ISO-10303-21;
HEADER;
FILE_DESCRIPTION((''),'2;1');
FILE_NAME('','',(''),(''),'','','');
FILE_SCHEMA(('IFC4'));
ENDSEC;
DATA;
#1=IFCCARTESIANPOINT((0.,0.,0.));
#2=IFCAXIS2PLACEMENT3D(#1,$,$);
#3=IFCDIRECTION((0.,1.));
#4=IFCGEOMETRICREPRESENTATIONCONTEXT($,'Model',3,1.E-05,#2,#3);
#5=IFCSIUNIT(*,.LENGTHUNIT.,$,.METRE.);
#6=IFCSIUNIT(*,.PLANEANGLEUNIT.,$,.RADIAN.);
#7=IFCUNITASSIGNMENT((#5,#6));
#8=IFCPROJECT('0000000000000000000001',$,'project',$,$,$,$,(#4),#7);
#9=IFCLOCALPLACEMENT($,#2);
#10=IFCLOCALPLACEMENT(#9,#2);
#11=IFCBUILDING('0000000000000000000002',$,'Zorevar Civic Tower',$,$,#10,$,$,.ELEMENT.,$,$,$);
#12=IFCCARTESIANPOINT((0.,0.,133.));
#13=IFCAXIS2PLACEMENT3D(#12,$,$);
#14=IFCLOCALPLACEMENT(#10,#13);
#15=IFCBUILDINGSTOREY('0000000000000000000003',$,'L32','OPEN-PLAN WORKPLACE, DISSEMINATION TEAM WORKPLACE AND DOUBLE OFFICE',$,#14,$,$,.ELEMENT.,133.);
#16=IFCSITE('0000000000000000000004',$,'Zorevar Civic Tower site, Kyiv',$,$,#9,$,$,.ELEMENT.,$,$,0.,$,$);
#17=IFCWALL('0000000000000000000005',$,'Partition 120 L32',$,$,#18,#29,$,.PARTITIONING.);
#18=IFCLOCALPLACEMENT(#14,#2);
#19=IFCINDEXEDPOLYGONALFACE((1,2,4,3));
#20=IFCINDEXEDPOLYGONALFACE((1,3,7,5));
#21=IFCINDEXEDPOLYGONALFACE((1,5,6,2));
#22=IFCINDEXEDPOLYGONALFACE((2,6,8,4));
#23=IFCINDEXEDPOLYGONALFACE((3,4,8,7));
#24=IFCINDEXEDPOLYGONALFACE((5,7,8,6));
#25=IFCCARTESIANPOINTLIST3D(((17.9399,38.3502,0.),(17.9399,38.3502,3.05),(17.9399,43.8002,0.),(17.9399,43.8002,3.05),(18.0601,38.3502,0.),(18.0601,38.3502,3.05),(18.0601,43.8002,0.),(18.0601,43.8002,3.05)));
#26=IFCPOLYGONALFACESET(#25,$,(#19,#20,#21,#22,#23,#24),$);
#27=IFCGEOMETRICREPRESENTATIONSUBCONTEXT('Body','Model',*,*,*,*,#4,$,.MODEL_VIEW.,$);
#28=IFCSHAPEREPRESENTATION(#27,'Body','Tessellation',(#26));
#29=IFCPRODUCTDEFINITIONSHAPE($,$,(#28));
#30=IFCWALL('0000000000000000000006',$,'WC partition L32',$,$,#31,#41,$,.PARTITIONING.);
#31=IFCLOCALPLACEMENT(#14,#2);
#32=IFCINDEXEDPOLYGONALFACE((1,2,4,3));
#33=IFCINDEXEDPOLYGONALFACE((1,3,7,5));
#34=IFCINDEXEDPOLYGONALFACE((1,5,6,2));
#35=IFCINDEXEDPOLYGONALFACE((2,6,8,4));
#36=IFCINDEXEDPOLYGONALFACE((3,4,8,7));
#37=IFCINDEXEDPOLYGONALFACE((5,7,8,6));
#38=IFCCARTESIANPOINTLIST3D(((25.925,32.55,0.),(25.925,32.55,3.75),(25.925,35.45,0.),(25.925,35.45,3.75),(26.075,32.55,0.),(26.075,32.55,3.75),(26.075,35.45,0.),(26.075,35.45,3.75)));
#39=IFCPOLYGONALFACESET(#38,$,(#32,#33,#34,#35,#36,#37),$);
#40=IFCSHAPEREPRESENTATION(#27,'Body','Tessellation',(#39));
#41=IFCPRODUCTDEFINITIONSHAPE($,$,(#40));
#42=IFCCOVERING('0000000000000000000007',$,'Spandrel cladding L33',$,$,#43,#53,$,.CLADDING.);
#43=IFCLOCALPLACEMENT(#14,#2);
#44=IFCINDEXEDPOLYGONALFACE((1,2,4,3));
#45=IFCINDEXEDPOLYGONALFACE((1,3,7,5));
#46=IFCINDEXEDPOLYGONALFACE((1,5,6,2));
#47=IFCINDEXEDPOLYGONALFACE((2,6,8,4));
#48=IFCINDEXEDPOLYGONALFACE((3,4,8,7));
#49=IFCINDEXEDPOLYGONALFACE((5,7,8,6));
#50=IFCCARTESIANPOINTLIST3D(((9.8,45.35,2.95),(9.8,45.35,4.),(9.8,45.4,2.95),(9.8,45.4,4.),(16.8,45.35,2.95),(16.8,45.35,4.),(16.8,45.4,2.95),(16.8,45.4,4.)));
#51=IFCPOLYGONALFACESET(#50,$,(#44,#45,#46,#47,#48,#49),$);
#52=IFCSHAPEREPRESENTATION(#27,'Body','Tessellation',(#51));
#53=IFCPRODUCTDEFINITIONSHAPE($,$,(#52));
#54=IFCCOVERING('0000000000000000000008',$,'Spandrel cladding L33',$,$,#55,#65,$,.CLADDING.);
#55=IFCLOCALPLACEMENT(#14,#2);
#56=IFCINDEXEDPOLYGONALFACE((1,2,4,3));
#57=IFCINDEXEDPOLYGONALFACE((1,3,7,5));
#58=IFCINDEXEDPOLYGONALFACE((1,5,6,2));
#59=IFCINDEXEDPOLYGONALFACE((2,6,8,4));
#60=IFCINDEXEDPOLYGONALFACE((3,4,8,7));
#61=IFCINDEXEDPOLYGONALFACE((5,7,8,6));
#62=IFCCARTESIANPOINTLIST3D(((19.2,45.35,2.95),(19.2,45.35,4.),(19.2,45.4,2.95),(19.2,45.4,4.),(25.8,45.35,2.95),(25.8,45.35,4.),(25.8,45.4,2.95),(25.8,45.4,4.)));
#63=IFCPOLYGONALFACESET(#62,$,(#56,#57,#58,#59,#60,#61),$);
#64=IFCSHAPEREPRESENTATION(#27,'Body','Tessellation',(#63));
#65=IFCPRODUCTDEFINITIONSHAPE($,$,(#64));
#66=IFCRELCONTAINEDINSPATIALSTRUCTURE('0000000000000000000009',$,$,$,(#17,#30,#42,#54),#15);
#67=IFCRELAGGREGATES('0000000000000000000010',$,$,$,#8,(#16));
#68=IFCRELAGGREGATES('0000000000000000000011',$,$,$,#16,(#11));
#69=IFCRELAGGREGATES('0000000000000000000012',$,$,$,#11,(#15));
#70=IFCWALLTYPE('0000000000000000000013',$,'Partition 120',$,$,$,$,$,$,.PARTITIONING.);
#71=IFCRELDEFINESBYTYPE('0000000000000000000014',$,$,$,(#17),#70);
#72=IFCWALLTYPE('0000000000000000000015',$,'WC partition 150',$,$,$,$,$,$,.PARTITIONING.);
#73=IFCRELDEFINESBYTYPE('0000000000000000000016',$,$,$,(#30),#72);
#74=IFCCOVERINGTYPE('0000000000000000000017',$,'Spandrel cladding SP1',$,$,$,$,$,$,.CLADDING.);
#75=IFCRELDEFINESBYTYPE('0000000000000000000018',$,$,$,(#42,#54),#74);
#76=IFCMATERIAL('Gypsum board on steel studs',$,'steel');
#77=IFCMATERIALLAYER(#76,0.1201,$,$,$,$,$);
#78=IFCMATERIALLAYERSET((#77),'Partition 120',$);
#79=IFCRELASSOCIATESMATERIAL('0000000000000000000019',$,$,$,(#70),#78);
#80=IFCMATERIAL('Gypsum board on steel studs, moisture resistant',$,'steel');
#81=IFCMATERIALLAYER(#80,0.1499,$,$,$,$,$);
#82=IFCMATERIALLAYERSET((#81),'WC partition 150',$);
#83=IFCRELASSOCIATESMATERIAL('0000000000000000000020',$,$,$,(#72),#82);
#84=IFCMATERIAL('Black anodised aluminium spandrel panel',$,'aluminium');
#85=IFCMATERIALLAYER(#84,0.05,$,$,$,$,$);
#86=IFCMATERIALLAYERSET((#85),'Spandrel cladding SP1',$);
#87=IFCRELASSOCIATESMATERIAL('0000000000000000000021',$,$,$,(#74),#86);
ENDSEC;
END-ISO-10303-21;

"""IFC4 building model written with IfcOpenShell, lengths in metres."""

from ifc_helpers import new_model, si_unit, direction, frame, frame_2d, origin, place, context, subcontext, project, spatial, rectangle, extrude, material, layer, layer_set, type_object, element, save


model = new_model("IFC4")

# Units and contexts
model_context = context("Model", 3, precision=1e-05, world=origin(), true_north=direction((0.0, 1.0)))
body_context = subcontext(model_context, "Body", "Model", "MODEL_VIEW")
ifc_project = project(units=[si_unit("LENGTHUNIT", "METRE"), si_unit("PLANEANGLEUNIT", "RADIAN")], contexts=[model_context])

# Site, building, storey
site_placement = place(None, origin())
site = spatial("IfcSite", under=ifc_project, at=site_placement, Name="Zorevar Civic Tower site, Kyiv", CompositionType="ELEMENT", RefElevation=0.0)
building_placement = place(site_placement, origin())
building = spatial("IfcBuilding", under=site, at=building_placement, Name="Zorevar Civic Tower", CompositionType="ELEMENT")
storey_placement = place(building_placement, frame((0.0, 0.0, 133.0)))
storey = spatial("IfcBuildingStorey", under=building, at=storey_placement, Name="L32", Description="OPEN-PLAN WORKPLACE, DISSEMINATION TEAM WORKPLACE AND DOUBLE OFFICE", CompositionType="ELEMENT", Elevation=133.0)

# Wall
ifc_material_1 = material(Name="Gypsum board on steel studs", Category="steel")
ifc_layer_1 = layer(ifc_material_1, 0.1201)
ifc_layer_set_1 = layer_set([ifc_layer_1], Name="Partition 120")
wall_type_1 = type_object("IfcWallType", Name="Partition 120", PredefinedType="PARTITIONING", material=ifc_layer_set_1)
wall_1_placement = place(storey_placement, frame((18.0, 38.3501, 0.0), z_axis=(0.0, 0.0, 1.0), x_axis=(0.0, 1.0, 0.0)))
element("IfcWall", 1, at=wall_1_placement, inside=storey, type_object=wall_type_1, Name="Partition 120 L32", PredefinedType="PARTITIONING", context=body_context, shape_type="SweptSolid", body=[
    extrude(rectangle(XDim=5.45, YDim=0.1201, at=frame_2d((2.7251, 0.0))), origin(), (0.0, 0.0, 1.0), 3.05),
])

# Wall
ifc_material_2 = material(Name="Gypsum board on steel studs, moisture resistant", Category="steel")
ifc_layer_2 = layer(ifc_material_2, 0.1499)
ifc_layer_set_2 = layer_set([ifc_layer_2], Name="WC partition 150")
wall_type_2 = type_object("IfcWallType", Name="WC partition 150", PredefinedType="PARTITIONING", material=ifc_layer_set_2)
wall_2_placement = place(storey_placement, frame((26.0, 32.55, 0.0), z_axis=(0.0, 0.0, 1.0), x_axis=(0.0, 1.0, 0.0)))
element("IfcWall", 2, at=wall_2_placement, inside=storey, type_object=wall_type_2, Name="WC partition L32", PredefinedType="PARTITIONING", context=body_context, shape_type="SweptSolid", body=[
    extrude(rectangle(XDim=2.8999, YDim=0.1499, at=frame_2d((1.45, 0.0))), origin(), (0.0, 0.0, 1.0), 3.75),
])

# Coverings
ifc_material_3 = material(Name="Black anodised aluminium spandrel panel", Category="aluminium")
ifc_layer_3 = layer(ifc_material_3, 0.05)
ifc_layer_set_3 = layer_set([ifc_layer_3], Name="Spandrel cladding SP1")
covering_type = type_object("IfcCoveringType", Name="Spandrel cladding SP1", PredefinedType="CLADDING", material=ifc_layer_set_3)
covering_1_placement = place(storey_placement, frame((9.8, 45.375, 2.95), z_axis=(0.0, 0.0, 1.0), x_axis=(1.0, 0.0, 0.0)))
element("IfcCovering", 3, at=covering_1_placement, inside=storey, type_object=covering_type, Name="Spandrel cladding L33", PredefinedType="CLADDING", context=body_context, shape_type="SweptSolid", body=[
    extrude(rectangle(XDim=7.0, YDim=0.05, at=frame_2d((3.5, 0.0))), origin(), (0.0, 0.0, 1.0), 1.05),
])
covering_2_placement = place(storey_placement, frame((19.2, 45.375, 2.95), z_axis=(0.0, 0.0, 1.0), x_axis=(1.0, 0.0, 0.0)))
element("IfcCovering", 4, at=covering_2_placement, inside=storey, type_object=covering_type, Name="Spandrel cladding L33", PredefinedType="CLADDING", context=body_context, shape_type="SweptSolid", body=[
    extrude(rectangle(XDim=6.6001, YDim=0.05, at=frame_2d((3.3, 0.0))), origin(), (0.0, 0.0, 1.0), 1.05),
])

save(model, "model.ifc")
